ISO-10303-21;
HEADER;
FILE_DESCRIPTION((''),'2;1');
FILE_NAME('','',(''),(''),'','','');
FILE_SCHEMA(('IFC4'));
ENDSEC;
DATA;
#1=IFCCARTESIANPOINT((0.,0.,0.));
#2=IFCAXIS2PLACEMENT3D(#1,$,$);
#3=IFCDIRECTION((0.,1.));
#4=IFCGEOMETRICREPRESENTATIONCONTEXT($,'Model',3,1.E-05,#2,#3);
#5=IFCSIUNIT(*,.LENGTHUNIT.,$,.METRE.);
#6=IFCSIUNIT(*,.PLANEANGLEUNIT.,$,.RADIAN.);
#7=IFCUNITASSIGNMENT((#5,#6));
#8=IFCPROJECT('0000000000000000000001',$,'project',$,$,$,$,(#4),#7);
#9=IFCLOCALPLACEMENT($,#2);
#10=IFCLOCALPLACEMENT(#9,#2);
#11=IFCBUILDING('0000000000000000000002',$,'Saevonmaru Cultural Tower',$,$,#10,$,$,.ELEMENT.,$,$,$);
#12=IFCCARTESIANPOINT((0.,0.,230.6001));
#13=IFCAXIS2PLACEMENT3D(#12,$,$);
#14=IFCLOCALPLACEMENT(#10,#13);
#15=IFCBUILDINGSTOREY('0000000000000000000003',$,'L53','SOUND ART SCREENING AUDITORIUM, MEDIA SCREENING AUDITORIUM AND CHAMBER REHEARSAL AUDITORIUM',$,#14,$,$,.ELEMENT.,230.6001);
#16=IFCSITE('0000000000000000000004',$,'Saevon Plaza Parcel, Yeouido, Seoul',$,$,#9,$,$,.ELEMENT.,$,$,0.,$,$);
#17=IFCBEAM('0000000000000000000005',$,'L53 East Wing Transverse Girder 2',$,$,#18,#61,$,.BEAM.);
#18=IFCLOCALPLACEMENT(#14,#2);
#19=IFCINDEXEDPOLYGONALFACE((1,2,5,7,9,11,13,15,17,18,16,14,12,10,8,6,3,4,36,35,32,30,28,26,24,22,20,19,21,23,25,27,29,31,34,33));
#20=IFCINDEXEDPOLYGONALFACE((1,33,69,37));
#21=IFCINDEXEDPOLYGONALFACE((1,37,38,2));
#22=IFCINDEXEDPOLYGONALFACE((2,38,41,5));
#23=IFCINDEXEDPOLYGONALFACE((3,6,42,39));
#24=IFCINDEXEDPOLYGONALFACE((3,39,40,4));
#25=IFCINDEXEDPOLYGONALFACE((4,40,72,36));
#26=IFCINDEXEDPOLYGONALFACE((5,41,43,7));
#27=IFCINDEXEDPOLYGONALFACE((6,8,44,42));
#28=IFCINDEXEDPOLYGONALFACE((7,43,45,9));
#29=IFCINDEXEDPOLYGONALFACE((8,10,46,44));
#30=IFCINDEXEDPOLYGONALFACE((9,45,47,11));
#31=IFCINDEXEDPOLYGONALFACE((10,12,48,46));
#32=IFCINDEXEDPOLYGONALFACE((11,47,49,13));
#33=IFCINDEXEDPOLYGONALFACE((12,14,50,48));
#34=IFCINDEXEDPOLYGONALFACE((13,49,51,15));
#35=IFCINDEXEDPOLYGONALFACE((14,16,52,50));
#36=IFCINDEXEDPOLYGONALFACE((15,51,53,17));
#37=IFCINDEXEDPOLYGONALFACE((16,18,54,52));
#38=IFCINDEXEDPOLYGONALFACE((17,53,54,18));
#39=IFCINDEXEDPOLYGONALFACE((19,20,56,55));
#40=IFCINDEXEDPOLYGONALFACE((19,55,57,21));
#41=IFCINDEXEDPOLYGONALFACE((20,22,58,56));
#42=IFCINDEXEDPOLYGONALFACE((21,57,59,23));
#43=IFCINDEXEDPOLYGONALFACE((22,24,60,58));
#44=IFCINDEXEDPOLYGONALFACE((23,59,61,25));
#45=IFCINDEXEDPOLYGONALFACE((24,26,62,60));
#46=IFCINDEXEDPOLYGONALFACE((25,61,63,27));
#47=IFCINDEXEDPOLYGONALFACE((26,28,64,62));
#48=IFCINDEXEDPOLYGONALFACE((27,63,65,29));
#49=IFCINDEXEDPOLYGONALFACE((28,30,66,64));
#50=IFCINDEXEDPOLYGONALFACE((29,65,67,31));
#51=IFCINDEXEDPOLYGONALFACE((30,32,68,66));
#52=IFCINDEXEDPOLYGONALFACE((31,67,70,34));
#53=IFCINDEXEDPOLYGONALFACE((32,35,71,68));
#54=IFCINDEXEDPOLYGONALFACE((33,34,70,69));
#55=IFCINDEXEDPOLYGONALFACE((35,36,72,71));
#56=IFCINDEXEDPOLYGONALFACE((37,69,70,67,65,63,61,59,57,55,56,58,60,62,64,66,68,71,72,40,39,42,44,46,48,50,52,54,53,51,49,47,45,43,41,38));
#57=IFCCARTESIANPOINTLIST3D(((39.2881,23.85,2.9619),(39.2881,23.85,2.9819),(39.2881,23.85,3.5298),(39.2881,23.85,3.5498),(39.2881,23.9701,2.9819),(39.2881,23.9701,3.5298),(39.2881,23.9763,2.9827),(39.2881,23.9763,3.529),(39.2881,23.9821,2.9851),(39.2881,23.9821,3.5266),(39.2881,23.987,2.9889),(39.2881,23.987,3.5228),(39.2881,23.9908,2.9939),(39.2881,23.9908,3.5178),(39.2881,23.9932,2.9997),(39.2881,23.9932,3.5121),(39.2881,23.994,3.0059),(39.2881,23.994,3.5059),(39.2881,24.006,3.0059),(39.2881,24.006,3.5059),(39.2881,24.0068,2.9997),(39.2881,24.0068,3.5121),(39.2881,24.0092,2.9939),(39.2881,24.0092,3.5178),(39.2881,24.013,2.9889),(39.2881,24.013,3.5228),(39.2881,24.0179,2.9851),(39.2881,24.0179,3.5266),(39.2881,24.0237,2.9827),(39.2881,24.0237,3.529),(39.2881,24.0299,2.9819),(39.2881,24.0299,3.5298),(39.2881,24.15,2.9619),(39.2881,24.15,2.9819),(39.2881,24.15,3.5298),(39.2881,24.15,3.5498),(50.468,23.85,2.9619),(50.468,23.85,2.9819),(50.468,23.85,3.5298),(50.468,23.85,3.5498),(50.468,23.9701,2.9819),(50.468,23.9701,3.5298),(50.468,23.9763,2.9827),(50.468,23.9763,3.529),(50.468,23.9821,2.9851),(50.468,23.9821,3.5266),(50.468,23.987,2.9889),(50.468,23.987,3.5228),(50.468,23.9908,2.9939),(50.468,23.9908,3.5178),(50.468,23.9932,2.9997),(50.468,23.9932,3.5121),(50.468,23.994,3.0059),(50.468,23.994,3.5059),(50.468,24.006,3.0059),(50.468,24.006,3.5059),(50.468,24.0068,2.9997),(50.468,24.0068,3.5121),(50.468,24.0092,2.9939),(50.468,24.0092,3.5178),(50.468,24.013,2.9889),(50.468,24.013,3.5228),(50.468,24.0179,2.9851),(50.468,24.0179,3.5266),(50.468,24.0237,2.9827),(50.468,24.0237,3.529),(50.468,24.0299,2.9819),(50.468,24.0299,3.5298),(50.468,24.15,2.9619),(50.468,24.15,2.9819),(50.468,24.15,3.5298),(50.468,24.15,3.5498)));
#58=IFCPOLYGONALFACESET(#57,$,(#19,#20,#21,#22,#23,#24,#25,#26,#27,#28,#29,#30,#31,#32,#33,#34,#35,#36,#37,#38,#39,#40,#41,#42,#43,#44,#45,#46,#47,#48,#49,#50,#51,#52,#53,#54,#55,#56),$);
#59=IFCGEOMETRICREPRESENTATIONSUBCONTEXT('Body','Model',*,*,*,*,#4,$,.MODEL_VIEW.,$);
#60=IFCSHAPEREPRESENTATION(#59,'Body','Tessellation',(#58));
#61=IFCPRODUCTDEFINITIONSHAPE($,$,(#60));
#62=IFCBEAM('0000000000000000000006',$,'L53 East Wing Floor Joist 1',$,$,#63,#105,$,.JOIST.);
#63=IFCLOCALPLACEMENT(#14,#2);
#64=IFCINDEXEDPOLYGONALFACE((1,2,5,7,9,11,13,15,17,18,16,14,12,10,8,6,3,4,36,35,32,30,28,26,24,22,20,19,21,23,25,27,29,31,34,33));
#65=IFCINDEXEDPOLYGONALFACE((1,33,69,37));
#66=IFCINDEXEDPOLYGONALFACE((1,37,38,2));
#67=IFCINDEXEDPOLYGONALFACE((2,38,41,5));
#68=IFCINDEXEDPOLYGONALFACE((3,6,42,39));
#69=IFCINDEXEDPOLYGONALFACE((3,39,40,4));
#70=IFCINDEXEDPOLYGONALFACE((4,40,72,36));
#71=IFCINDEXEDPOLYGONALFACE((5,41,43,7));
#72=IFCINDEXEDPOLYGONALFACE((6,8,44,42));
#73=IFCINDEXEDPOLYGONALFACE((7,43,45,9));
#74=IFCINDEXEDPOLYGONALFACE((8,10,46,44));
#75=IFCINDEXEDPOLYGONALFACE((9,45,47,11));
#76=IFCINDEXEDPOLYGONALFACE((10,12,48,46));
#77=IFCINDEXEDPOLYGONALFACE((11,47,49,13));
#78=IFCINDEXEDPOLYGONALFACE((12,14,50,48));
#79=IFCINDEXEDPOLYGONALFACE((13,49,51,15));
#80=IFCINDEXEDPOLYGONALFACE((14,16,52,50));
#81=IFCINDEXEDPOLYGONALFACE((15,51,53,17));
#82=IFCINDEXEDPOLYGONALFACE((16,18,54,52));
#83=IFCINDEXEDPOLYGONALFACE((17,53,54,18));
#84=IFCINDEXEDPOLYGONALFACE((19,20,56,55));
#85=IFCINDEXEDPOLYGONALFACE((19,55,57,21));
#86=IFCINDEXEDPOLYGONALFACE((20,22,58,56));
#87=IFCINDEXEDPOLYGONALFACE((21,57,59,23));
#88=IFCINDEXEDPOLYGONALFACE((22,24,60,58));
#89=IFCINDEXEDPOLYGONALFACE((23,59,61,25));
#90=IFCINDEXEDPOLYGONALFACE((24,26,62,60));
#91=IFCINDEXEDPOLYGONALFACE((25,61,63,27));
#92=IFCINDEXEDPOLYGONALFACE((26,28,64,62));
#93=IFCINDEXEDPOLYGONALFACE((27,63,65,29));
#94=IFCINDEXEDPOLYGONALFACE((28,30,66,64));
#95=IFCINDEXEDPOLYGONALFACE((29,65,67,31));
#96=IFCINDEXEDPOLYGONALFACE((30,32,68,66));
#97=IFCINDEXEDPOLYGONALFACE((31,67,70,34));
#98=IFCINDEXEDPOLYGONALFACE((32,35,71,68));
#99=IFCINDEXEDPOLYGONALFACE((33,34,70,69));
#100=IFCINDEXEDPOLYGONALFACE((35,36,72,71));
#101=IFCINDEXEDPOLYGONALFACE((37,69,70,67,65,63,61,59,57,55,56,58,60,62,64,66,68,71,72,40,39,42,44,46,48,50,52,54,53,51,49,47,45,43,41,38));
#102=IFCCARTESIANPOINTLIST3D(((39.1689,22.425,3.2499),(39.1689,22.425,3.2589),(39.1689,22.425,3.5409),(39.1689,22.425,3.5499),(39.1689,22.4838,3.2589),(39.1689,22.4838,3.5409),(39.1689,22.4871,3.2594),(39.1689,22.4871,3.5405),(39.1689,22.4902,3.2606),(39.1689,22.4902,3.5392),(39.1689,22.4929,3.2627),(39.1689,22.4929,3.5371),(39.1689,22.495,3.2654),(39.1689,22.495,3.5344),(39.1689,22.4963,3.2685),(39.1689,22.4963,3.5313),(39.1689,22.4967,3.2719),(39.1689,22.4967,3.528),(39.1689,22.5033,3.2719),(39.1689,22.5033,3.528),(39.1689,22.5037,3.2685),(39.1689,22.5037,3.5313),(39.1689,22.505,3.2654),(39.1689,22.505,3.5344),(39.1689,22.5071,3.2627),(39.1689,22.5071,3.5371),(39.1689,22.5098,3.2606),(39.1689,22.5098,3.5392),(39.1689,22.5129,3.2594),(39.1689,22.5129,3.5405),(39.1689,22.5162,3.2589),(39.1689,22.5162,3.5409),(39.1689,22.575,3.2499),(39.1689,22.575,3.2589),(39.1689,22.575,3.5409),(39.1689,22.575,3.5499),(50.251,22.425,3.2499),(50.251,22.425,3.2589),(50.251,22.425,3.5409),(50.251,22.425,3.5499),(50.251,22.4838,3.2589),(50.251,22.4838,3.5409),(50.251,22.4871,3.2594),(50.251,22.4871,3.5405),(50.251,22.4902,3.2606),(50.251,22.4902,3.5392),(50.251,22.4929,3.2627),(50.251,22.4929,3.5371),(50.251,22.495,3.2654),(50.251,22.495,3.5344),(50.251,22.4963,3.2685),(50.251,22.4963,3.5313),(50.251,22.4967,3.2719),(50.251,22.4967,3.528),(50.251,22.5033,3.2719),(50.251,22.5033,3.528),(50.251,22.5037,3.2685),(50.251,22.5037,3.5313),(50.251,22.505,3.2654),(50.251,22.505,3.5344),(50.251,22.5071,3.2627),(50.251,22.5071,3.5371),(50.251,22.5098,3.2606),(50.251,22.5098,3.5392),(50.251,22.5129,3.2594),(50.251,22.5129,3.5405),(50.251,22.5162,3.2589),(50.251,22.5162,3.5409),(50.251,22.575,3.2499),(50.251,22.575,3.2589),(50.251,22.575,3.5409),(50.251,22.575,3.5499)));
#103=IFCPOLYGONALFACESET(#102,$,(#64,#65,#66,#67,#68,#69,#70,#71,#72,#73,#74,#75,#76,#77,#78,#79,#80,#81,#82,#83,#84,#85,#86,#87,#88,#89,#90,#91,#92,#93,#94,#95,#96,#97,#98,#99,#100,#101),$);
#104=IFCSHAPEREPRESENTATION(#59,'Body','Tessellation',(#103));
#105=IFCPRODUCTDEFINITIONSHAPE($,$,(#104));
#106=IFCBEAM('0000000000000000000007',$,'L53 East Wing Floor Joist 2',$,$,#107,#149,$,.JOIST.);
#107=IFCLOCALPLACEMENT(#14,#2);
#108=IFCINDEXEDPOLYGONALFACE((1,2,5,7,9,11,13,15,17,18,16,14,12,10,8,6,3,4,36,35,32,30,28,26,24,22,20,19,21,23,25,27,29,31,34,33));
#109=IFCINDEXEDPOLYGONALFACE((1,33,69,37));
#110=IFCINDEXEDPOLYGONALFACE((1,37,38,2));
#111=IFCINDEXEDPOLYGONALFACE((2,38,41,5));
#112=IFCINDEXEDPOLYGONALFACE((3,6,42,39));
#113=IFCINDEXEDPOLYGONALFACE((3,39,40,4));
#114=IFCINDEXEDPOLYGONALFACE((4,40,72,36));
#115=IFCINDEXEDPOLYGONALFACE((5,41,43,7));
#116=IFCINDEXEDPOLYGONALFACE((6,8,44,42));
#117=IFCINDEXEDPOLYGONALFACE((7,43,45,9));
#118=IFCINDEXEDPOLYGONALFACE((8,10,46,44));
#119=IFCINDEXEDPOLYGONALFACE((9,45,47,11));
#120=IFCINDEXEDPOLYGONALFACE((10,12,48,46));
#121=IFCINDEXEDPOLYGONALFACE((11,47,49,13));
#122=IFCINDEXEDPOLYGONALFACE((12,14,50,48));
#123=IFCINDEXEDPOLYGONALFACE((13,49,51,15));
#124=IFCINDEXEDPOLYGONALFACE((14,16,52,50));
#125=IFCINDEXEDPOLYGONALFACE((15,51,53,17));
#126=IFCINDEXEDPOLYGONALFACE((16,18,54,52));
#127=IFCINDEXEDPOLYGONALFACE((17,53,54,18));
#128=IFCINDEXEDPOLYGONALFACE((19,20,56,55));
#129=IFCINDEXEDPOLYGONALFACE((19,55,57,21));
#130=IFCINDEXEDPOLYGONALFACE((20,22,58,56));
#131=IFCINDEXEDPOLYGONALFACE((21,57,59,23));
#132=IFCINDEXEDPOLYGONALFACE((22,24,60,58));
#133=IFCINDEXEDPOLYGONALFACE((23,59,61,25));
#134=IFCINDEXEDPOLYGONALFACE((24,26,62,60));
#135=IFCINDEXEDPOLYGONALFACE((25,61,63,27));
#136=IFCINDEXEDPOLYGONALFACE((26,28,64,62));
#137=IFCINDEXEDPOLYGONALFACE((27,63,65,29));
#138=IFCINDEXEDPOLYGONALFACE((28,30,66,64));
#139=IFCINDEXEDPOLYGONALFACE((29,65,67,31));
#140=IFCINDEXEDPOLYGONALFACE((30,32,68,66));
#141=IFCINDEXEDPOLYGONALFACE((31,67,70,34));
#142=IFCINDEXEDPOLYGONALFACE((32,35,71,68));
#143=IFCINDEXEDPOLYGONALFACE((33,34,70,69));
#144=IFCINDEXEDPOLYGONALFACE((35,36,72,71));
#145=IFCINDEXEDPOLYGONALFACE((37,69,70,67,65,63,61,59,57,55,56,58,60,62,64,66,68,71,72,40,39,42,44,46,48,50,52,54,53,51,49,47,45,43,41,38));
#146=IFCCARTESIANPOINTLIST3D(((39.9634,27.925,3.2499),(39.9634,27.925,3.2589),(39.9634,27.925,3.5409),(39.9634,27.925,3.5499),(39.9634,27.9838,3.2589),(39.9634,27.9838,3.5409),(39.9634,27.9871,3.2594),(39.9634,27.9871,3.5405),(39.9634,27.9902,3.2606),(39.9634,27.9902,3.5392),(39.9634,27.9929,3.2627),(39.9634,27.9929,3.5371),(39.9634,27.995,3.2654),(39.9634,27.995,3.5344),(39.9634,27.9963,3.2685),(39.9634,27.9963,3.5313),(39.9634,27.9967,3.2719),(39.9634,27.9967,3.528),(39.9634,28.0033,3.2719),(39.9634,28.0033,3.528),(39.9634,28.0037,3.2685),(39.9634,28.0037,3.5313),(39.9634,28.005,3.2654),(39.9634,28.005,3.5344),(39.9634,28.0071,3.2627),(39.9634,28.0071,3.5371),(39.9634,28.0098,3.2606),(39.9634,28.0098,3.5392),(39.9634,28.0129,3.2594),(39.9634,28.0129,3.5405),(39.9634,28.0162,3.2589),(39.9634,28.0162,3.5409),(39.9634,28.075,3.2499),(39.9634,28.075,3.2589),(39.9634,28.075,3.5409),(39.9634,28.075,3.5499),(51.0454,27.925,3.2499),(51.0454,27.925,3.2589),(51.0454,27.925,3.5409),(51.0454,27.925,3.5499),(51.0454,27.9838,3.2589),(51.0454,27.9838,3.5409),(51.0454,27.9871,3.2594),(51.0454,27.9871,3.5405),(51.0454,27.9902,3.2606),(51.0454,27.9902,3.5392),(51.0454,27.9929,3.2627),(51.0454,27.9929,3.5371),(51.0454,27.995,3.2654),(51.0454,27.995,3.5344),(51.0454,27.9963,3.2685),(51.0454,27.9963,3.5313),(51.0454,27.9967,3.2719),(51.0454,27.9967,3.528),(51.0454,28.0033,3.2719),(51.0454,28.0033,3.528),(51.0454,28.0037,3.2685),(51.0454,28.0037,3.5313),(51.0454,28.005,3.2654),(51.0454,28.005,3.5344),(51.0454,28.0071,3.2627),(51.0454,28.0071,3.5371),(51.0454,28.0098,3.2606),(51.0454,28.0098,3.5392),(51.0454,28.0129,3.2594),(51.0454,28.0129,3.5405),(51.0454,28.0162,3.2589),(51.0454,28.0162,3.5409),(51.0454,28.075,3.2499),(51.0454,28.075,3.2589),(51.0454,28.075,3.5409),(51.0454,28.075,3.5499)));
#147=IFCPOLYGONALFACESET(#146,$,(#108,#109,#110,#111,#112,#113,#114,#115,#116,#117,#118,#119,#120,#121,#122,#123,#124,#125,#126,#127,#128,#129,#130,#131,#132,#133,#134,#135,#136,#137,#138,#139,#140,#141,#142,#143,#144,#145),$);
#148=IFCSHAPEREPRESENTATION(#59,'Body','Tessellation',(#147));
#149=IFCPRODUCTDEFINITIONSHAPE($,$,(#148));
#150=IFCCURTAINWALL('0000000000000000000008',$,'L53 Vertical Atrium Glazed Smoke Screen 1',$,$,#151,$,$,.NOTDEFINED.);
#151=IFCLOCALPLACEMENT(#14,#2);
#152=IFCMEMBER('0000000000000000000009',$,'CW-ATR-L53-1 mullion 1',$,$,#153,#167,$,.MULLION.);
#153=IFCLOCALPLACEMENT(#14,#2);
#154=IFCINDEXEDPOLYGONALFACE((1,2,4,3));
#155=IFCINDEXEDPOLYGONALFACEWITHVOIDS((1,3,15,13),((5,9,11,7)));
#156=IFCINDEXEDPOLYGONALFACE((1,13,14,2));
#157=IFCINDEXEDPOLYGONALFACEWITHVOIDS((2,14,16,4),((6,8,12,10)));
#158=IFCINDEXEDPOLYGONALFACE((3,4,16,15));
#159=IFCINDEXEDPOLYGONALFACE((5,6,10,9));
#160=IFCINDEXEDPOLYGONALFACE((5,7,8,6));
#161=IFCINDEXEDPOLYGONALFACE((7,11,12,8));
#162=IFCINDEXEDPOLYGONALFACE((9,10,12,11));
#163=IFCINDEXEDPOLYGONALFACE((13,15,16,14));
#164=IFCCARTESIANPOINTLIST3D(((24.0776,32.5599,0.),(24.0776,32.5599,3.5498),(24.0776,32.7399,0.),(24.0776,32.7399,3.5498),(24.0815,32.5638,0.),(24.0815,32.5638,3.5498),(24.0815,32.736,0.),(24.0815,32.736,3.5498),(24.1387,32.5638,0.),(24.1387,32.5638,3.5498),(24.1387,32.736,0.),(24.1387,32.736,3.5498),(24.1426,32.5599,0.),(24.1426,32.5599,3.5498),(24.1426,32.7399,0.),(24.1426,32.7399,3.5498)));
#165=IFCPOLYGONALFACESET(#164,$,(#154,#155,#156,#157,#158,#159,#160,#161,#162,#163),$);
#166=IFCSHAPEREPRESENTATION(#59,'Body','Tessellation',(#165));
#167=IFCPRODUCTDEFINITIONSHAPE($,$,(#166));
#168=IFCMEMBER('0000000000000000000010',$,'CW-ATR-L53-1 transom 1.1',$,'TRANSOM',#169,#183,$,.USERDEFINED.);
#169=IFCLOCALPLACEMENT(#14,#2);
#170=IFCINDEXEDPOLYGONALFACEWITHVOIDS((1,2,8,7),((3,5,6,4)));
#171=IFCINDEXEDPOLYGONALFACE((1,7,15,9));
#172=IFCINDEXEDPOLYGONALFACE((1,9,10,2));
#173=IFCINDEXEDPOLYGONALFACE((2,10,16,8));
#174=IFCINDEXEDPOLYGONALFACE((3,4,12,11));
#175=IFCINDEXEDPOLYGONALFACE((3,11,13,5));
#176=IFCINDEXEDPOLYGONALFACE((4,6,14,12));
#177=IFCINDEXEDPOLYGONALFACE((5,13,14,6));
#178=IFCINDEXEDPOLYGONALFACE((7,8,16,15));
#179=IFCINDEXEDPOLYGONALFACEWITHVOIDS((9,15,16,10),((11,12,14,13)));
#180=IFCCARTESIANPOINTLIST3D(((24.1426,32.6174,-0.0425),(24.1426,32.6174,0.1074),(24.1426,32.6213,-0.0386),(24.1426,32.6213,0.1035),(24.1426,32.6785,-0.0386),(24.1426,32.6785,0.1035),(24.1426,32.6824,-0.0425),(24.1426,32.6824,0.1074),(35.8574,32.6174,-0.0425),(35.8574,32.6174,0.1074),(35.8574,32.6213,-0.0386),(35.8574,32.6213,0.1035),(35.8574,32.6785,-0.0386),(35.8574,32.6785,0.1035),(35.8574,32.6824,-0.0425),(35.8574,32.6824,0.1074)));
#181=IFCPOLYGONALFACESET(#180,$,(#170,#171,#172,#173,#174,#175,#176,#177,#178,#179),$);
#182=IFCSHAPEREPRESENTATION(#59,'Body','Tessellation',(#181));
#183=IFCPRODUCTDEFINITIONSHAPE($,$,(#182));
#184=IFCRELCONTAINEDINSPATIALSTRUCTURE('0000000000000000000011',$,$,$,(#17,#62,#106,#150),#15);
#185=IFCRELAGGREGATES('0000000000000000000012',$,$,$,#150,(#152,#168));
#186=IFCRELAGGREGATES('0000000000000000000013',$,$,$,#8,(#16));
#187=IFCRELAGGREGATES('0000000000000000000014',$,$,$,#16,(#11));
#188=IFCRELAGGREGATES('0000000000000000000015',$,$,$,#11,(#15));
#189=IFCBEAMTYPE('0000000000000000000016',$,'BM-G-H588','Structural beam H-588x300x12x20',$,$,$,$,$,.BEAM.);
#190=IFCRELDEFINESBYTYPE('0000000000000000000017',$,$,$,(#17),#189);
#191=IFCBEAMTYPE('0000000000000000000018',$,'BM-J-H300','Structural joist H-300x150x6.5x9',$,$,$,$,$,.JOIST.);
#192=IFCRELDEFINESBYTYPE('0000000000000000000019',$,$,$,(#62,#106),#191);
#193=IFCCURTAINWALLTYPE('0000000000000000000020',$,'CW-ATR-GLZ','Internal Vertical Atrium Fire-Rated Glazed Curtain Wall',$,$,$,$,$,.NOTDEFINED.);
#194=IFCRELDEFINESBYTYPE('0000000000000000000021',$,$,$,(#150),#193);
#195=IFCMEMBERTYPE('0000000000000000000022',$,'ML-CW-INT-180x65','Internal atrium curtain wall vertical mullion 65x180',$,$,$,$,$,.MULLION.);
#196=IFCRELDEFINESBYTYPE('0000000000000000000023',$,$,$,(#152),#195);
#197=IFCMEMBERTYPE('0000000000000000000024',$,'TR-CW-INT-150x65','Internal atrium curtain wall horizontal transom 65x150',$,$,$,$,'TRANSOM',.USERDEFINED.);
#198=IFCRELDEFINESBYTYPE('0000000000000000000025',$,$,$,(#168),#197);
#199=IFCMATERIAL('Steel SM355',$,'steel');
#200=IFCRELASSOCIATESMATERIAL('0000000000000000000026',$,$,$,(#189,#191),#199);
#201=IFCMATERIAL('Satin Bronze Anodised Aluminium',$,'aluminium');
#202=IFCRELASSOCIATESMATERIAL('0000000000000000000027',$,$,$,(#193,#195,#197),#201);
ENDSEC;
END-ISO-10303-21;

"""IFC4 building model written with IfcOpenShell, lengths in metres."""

from ifc_helpers import new_model, si_unit, direction, frame, origin, origin_2d, place, context, subcontext, project, spatial, hollow_rectangle, i_section, extrude, material, material_profile, profile_set, type_object, element, aggregate, save


model = new_model("IFC4")

# Units and contexts
model_context = context("Model", 3, precision=1e-05, world=origin(), true_north=direction((0.0, 1.0)))
body_context = subcontext(model_context, "Body", "Model", "MODEL_VIEW")
ifc_project = project(units=[si_unit("LENGTHUNIT", "METRE"), si_unit("PLANEANGLEUNIT", "RADIAN")], contexts=[model_context])

# Site, building, storey
site_placement = place(None, origin())
site = spatial("IfcSite", under=ifc_project, at=site_placement, Name="Saevon Plaza Parcel, Yeouido, Seoul", CompositionType="ELEMENT", RefElevation=0.0)
building_placement = place(site_placement, origin())
building = spatial("IfcBuilding", under=site, at=building_placement, Name="Saevonmaru Cultural Tower", CompositionType="ELEMENT")
storey_placement = place(building_placement, frame((0.0, 0.0, 230.6001)))
storey = spatial("IfcBuildingStorey", under=building, at=storey_placement, Name="L53", Description="SOUND ART SCREENING AUDITORIUM, MEDIA SCREENING AUDITORIUM AND CHAMBER REHEARSAL AUDITORIUM", CompositionType="ELEMENT", Elevation=230.6001)

# Shared definitions
ifc_material_1 = material(Name="Steel SM355", Category="steel")

# Beams
ifc_material_profile_1 = material_profile(ifc_material_1, i_section(OverallWidth=0.3, OverallDepth=0.5879, WebThickness=0.012, FlangeThickness=0.02, FilletRadius=0.0239, at=origin_2d()), Name="H-588x300x12x20")
ifc_profile_set_1 = profile_set([ifc_material_profile_1], Name="Steel SM355")
beam_type_1 = type_object("IfcBeamType", Name="BM-G-H588", Description="Structural beam H-588x300x12x20", PredefinedType="BEAM", material=ifc_profile_set_1)
for number, where, z_axis, x_axis, name in (
    (1, (39.2881, 24.0, 3.2559), (1.0, 0.0, 0.0), (0.0, 1.0, 0.0), "L53 East Wing Transverse Girder 2"),
):
    element("IfcBeam", number, at=place(storey_placement, frame(where, z_axis=z_axis, x_axis=x_axis)), inside=storey, type_object=beam_type_1, Name=name, PredefinedType="BEAM", context=body_context, shape_type="SweptSolid", body=[
        extrude(i_section(OverallWidth=0.3, OverallDepth=0.5879, WebThickness=0.012, FlangeThickness=0.02, FilletRadius=0.0239, at=origin_2d()), origin(), (0.0, 0.0, 1.0), 11.1799),
    ])
ifc_material_profile_2 = material_profile(ifc_material_1, i_section(OverallWidth=0.1499, OverallDepth=0.3, WebThickness=0.0066, FlangeThickness=0.009, FilletRadius=0.0129, at=origin_2d()), Name="H-300x150x6.5x9")
ifc_profile_set_2 = profile_set([ifc_material_profile_2], Name="Steel SM355")
beam_type_2 = type_object("IfcBeamType", Name="BM-J-H300", Description="Structural joist H-300x150x6.5x9", PredefinedType="JOIST", material=ifc_profile_set_2)
for number, where, z_axis, x_axis, name in (
    (2, (39.1689, 22.5, 3.3999), (1.0, 0.0, 0.0), (0.0, 1.0, 0.0), "L53 East Wing Floor Joist 1"),
    (3, (39.9634, 28.0, 3.3999), (1.0, 0.0, 0.0), (0.0, 1.0, 0.0), "L53 East Wing Floor Joist 2"),
):
    element("IfcBeam", number, at=place(storey_placement, frame(where, z_axis=z_axis, x_axis=x_axis)), inside=storey, type_object=beam_type_2, Name=name, PredefinedType="JOIST", context=body_context, shape_type="SweptSolid", body=[
        extrude(i_section(OverallWidth=0.1499, OverallDepth=0.3, WebThickness=0.0066, FlangeThickness=0.009, FilletRadius=0.0129, at=origin_2d()), origin(), (0.0, 0.0, 1.0), 11.082),
    ])

# Curtain wall, members
ifc_material_2 = material(Name="Satin Bronze Anodised Aluminium", Category="aluminium")
curtain_wall_type = type_object("IfcCurtainWallType", Name="CW-ATR-GLZ", Description="Internal Vertical Atrium Fire-Rated Glazed Curtain Wall", PredefinedType="NOTDEFINED", material=ifc_material_2)
curtain_wall_placement = place(storey_placement, origin())
curtain_wall = element("IfcCurtainWall", 4, at=curtain_wall_placement, inside=storey, type_object=curtain_wall_type, Name="L53 Vertical Atrium Glazed Smoke Screen 1", PredefinedType="NOTDEFINED")
ifc_material_profile_3 = material_profile(ifc_material_2, hollow_rectangle(XDim=0.0649, YDim=0.1799, WallThickness=0.0039, at=origin_2d()), Name="ALU-MULL-180x65x4")
ifc_profile_set_3 = profile_set([ifc_material_profile_3], Name="Satin Bronze Anodised Aluminium")
member_type_1 = type_object("IfcMemberType", Name="ML-CW-INT-180x65", Description="Internal atrium curtain wall vertical mullion 65x180", PredefinedType="MULLION", material=ifc_profile_set_3)
member_1_placement = place(storey_placement, frame((24.1101, 32.6499, 0.0), z_axis=(0.0, 0.0, 1.0), x_axis=(1.0, 0.0, 0.0)))
member_1 = element("IfcMember", 5, at=member_1_placement, type_object=member_type_1, Name="CW-ATR-L53-1 mullion 1", PredefinedType="MULLION", context=body_context, shape_type="SweptSolid", body=[
    extrude(hollow_rectangle(XDim=0.0649, YDim=0.1799, WallThickness=0.0039, at=origin_2d()), origin(), (0.0, 0.0, 1.0), 3.5498),
])
ifc_material_profile_4 = material_profile(ifc_material_2, hollow_rectangle(XDim=0.0649, YDim=0.1499, WallThickness=0.0039, at=origin_2d()), Name="ALU-TRAN-150x65x4")
ifc_profile_set_4 = profile_set([ifc_material_profile_4], Name="Satin Bronze Anodised Aluminium")
member_type_2 = type_object("IfcMemberType", Name="TR-CW-INT-150x65", Description="Internal atrium curtain wall horizontal transom 65x150", ElementType="TRANSOM", PredefinedType="USERDEFINED", material=ifc_profile_set_4)
member_2_placement = place(storey_placement, frame((24.1426, 32.6499, 0.0325), z_axis=(1.0, 0.0, 0.0), x_axis=(0.0, 1.0, 0.0)))
member_2 = element("IfcMember", 6, at=member_2_placement, type_object=member_type_2, Name="CW-ATR-L53-1 transom 1.1", ObjectType="TRANSOM", PredefinedType="USERDEFINED", context=body_context, shape_type="SweptSolid", body=[
    extrude(hollow_rectangle(XDim=0.0649, YDim=0.1499, WallThickness=0.0039, at=origin_2d()), origin(), (0.0, 0.0, 1.0), 11.7148),
])
aggregate(curtain_wall, [member_1, member_2])

save(model, "model.ifc")
